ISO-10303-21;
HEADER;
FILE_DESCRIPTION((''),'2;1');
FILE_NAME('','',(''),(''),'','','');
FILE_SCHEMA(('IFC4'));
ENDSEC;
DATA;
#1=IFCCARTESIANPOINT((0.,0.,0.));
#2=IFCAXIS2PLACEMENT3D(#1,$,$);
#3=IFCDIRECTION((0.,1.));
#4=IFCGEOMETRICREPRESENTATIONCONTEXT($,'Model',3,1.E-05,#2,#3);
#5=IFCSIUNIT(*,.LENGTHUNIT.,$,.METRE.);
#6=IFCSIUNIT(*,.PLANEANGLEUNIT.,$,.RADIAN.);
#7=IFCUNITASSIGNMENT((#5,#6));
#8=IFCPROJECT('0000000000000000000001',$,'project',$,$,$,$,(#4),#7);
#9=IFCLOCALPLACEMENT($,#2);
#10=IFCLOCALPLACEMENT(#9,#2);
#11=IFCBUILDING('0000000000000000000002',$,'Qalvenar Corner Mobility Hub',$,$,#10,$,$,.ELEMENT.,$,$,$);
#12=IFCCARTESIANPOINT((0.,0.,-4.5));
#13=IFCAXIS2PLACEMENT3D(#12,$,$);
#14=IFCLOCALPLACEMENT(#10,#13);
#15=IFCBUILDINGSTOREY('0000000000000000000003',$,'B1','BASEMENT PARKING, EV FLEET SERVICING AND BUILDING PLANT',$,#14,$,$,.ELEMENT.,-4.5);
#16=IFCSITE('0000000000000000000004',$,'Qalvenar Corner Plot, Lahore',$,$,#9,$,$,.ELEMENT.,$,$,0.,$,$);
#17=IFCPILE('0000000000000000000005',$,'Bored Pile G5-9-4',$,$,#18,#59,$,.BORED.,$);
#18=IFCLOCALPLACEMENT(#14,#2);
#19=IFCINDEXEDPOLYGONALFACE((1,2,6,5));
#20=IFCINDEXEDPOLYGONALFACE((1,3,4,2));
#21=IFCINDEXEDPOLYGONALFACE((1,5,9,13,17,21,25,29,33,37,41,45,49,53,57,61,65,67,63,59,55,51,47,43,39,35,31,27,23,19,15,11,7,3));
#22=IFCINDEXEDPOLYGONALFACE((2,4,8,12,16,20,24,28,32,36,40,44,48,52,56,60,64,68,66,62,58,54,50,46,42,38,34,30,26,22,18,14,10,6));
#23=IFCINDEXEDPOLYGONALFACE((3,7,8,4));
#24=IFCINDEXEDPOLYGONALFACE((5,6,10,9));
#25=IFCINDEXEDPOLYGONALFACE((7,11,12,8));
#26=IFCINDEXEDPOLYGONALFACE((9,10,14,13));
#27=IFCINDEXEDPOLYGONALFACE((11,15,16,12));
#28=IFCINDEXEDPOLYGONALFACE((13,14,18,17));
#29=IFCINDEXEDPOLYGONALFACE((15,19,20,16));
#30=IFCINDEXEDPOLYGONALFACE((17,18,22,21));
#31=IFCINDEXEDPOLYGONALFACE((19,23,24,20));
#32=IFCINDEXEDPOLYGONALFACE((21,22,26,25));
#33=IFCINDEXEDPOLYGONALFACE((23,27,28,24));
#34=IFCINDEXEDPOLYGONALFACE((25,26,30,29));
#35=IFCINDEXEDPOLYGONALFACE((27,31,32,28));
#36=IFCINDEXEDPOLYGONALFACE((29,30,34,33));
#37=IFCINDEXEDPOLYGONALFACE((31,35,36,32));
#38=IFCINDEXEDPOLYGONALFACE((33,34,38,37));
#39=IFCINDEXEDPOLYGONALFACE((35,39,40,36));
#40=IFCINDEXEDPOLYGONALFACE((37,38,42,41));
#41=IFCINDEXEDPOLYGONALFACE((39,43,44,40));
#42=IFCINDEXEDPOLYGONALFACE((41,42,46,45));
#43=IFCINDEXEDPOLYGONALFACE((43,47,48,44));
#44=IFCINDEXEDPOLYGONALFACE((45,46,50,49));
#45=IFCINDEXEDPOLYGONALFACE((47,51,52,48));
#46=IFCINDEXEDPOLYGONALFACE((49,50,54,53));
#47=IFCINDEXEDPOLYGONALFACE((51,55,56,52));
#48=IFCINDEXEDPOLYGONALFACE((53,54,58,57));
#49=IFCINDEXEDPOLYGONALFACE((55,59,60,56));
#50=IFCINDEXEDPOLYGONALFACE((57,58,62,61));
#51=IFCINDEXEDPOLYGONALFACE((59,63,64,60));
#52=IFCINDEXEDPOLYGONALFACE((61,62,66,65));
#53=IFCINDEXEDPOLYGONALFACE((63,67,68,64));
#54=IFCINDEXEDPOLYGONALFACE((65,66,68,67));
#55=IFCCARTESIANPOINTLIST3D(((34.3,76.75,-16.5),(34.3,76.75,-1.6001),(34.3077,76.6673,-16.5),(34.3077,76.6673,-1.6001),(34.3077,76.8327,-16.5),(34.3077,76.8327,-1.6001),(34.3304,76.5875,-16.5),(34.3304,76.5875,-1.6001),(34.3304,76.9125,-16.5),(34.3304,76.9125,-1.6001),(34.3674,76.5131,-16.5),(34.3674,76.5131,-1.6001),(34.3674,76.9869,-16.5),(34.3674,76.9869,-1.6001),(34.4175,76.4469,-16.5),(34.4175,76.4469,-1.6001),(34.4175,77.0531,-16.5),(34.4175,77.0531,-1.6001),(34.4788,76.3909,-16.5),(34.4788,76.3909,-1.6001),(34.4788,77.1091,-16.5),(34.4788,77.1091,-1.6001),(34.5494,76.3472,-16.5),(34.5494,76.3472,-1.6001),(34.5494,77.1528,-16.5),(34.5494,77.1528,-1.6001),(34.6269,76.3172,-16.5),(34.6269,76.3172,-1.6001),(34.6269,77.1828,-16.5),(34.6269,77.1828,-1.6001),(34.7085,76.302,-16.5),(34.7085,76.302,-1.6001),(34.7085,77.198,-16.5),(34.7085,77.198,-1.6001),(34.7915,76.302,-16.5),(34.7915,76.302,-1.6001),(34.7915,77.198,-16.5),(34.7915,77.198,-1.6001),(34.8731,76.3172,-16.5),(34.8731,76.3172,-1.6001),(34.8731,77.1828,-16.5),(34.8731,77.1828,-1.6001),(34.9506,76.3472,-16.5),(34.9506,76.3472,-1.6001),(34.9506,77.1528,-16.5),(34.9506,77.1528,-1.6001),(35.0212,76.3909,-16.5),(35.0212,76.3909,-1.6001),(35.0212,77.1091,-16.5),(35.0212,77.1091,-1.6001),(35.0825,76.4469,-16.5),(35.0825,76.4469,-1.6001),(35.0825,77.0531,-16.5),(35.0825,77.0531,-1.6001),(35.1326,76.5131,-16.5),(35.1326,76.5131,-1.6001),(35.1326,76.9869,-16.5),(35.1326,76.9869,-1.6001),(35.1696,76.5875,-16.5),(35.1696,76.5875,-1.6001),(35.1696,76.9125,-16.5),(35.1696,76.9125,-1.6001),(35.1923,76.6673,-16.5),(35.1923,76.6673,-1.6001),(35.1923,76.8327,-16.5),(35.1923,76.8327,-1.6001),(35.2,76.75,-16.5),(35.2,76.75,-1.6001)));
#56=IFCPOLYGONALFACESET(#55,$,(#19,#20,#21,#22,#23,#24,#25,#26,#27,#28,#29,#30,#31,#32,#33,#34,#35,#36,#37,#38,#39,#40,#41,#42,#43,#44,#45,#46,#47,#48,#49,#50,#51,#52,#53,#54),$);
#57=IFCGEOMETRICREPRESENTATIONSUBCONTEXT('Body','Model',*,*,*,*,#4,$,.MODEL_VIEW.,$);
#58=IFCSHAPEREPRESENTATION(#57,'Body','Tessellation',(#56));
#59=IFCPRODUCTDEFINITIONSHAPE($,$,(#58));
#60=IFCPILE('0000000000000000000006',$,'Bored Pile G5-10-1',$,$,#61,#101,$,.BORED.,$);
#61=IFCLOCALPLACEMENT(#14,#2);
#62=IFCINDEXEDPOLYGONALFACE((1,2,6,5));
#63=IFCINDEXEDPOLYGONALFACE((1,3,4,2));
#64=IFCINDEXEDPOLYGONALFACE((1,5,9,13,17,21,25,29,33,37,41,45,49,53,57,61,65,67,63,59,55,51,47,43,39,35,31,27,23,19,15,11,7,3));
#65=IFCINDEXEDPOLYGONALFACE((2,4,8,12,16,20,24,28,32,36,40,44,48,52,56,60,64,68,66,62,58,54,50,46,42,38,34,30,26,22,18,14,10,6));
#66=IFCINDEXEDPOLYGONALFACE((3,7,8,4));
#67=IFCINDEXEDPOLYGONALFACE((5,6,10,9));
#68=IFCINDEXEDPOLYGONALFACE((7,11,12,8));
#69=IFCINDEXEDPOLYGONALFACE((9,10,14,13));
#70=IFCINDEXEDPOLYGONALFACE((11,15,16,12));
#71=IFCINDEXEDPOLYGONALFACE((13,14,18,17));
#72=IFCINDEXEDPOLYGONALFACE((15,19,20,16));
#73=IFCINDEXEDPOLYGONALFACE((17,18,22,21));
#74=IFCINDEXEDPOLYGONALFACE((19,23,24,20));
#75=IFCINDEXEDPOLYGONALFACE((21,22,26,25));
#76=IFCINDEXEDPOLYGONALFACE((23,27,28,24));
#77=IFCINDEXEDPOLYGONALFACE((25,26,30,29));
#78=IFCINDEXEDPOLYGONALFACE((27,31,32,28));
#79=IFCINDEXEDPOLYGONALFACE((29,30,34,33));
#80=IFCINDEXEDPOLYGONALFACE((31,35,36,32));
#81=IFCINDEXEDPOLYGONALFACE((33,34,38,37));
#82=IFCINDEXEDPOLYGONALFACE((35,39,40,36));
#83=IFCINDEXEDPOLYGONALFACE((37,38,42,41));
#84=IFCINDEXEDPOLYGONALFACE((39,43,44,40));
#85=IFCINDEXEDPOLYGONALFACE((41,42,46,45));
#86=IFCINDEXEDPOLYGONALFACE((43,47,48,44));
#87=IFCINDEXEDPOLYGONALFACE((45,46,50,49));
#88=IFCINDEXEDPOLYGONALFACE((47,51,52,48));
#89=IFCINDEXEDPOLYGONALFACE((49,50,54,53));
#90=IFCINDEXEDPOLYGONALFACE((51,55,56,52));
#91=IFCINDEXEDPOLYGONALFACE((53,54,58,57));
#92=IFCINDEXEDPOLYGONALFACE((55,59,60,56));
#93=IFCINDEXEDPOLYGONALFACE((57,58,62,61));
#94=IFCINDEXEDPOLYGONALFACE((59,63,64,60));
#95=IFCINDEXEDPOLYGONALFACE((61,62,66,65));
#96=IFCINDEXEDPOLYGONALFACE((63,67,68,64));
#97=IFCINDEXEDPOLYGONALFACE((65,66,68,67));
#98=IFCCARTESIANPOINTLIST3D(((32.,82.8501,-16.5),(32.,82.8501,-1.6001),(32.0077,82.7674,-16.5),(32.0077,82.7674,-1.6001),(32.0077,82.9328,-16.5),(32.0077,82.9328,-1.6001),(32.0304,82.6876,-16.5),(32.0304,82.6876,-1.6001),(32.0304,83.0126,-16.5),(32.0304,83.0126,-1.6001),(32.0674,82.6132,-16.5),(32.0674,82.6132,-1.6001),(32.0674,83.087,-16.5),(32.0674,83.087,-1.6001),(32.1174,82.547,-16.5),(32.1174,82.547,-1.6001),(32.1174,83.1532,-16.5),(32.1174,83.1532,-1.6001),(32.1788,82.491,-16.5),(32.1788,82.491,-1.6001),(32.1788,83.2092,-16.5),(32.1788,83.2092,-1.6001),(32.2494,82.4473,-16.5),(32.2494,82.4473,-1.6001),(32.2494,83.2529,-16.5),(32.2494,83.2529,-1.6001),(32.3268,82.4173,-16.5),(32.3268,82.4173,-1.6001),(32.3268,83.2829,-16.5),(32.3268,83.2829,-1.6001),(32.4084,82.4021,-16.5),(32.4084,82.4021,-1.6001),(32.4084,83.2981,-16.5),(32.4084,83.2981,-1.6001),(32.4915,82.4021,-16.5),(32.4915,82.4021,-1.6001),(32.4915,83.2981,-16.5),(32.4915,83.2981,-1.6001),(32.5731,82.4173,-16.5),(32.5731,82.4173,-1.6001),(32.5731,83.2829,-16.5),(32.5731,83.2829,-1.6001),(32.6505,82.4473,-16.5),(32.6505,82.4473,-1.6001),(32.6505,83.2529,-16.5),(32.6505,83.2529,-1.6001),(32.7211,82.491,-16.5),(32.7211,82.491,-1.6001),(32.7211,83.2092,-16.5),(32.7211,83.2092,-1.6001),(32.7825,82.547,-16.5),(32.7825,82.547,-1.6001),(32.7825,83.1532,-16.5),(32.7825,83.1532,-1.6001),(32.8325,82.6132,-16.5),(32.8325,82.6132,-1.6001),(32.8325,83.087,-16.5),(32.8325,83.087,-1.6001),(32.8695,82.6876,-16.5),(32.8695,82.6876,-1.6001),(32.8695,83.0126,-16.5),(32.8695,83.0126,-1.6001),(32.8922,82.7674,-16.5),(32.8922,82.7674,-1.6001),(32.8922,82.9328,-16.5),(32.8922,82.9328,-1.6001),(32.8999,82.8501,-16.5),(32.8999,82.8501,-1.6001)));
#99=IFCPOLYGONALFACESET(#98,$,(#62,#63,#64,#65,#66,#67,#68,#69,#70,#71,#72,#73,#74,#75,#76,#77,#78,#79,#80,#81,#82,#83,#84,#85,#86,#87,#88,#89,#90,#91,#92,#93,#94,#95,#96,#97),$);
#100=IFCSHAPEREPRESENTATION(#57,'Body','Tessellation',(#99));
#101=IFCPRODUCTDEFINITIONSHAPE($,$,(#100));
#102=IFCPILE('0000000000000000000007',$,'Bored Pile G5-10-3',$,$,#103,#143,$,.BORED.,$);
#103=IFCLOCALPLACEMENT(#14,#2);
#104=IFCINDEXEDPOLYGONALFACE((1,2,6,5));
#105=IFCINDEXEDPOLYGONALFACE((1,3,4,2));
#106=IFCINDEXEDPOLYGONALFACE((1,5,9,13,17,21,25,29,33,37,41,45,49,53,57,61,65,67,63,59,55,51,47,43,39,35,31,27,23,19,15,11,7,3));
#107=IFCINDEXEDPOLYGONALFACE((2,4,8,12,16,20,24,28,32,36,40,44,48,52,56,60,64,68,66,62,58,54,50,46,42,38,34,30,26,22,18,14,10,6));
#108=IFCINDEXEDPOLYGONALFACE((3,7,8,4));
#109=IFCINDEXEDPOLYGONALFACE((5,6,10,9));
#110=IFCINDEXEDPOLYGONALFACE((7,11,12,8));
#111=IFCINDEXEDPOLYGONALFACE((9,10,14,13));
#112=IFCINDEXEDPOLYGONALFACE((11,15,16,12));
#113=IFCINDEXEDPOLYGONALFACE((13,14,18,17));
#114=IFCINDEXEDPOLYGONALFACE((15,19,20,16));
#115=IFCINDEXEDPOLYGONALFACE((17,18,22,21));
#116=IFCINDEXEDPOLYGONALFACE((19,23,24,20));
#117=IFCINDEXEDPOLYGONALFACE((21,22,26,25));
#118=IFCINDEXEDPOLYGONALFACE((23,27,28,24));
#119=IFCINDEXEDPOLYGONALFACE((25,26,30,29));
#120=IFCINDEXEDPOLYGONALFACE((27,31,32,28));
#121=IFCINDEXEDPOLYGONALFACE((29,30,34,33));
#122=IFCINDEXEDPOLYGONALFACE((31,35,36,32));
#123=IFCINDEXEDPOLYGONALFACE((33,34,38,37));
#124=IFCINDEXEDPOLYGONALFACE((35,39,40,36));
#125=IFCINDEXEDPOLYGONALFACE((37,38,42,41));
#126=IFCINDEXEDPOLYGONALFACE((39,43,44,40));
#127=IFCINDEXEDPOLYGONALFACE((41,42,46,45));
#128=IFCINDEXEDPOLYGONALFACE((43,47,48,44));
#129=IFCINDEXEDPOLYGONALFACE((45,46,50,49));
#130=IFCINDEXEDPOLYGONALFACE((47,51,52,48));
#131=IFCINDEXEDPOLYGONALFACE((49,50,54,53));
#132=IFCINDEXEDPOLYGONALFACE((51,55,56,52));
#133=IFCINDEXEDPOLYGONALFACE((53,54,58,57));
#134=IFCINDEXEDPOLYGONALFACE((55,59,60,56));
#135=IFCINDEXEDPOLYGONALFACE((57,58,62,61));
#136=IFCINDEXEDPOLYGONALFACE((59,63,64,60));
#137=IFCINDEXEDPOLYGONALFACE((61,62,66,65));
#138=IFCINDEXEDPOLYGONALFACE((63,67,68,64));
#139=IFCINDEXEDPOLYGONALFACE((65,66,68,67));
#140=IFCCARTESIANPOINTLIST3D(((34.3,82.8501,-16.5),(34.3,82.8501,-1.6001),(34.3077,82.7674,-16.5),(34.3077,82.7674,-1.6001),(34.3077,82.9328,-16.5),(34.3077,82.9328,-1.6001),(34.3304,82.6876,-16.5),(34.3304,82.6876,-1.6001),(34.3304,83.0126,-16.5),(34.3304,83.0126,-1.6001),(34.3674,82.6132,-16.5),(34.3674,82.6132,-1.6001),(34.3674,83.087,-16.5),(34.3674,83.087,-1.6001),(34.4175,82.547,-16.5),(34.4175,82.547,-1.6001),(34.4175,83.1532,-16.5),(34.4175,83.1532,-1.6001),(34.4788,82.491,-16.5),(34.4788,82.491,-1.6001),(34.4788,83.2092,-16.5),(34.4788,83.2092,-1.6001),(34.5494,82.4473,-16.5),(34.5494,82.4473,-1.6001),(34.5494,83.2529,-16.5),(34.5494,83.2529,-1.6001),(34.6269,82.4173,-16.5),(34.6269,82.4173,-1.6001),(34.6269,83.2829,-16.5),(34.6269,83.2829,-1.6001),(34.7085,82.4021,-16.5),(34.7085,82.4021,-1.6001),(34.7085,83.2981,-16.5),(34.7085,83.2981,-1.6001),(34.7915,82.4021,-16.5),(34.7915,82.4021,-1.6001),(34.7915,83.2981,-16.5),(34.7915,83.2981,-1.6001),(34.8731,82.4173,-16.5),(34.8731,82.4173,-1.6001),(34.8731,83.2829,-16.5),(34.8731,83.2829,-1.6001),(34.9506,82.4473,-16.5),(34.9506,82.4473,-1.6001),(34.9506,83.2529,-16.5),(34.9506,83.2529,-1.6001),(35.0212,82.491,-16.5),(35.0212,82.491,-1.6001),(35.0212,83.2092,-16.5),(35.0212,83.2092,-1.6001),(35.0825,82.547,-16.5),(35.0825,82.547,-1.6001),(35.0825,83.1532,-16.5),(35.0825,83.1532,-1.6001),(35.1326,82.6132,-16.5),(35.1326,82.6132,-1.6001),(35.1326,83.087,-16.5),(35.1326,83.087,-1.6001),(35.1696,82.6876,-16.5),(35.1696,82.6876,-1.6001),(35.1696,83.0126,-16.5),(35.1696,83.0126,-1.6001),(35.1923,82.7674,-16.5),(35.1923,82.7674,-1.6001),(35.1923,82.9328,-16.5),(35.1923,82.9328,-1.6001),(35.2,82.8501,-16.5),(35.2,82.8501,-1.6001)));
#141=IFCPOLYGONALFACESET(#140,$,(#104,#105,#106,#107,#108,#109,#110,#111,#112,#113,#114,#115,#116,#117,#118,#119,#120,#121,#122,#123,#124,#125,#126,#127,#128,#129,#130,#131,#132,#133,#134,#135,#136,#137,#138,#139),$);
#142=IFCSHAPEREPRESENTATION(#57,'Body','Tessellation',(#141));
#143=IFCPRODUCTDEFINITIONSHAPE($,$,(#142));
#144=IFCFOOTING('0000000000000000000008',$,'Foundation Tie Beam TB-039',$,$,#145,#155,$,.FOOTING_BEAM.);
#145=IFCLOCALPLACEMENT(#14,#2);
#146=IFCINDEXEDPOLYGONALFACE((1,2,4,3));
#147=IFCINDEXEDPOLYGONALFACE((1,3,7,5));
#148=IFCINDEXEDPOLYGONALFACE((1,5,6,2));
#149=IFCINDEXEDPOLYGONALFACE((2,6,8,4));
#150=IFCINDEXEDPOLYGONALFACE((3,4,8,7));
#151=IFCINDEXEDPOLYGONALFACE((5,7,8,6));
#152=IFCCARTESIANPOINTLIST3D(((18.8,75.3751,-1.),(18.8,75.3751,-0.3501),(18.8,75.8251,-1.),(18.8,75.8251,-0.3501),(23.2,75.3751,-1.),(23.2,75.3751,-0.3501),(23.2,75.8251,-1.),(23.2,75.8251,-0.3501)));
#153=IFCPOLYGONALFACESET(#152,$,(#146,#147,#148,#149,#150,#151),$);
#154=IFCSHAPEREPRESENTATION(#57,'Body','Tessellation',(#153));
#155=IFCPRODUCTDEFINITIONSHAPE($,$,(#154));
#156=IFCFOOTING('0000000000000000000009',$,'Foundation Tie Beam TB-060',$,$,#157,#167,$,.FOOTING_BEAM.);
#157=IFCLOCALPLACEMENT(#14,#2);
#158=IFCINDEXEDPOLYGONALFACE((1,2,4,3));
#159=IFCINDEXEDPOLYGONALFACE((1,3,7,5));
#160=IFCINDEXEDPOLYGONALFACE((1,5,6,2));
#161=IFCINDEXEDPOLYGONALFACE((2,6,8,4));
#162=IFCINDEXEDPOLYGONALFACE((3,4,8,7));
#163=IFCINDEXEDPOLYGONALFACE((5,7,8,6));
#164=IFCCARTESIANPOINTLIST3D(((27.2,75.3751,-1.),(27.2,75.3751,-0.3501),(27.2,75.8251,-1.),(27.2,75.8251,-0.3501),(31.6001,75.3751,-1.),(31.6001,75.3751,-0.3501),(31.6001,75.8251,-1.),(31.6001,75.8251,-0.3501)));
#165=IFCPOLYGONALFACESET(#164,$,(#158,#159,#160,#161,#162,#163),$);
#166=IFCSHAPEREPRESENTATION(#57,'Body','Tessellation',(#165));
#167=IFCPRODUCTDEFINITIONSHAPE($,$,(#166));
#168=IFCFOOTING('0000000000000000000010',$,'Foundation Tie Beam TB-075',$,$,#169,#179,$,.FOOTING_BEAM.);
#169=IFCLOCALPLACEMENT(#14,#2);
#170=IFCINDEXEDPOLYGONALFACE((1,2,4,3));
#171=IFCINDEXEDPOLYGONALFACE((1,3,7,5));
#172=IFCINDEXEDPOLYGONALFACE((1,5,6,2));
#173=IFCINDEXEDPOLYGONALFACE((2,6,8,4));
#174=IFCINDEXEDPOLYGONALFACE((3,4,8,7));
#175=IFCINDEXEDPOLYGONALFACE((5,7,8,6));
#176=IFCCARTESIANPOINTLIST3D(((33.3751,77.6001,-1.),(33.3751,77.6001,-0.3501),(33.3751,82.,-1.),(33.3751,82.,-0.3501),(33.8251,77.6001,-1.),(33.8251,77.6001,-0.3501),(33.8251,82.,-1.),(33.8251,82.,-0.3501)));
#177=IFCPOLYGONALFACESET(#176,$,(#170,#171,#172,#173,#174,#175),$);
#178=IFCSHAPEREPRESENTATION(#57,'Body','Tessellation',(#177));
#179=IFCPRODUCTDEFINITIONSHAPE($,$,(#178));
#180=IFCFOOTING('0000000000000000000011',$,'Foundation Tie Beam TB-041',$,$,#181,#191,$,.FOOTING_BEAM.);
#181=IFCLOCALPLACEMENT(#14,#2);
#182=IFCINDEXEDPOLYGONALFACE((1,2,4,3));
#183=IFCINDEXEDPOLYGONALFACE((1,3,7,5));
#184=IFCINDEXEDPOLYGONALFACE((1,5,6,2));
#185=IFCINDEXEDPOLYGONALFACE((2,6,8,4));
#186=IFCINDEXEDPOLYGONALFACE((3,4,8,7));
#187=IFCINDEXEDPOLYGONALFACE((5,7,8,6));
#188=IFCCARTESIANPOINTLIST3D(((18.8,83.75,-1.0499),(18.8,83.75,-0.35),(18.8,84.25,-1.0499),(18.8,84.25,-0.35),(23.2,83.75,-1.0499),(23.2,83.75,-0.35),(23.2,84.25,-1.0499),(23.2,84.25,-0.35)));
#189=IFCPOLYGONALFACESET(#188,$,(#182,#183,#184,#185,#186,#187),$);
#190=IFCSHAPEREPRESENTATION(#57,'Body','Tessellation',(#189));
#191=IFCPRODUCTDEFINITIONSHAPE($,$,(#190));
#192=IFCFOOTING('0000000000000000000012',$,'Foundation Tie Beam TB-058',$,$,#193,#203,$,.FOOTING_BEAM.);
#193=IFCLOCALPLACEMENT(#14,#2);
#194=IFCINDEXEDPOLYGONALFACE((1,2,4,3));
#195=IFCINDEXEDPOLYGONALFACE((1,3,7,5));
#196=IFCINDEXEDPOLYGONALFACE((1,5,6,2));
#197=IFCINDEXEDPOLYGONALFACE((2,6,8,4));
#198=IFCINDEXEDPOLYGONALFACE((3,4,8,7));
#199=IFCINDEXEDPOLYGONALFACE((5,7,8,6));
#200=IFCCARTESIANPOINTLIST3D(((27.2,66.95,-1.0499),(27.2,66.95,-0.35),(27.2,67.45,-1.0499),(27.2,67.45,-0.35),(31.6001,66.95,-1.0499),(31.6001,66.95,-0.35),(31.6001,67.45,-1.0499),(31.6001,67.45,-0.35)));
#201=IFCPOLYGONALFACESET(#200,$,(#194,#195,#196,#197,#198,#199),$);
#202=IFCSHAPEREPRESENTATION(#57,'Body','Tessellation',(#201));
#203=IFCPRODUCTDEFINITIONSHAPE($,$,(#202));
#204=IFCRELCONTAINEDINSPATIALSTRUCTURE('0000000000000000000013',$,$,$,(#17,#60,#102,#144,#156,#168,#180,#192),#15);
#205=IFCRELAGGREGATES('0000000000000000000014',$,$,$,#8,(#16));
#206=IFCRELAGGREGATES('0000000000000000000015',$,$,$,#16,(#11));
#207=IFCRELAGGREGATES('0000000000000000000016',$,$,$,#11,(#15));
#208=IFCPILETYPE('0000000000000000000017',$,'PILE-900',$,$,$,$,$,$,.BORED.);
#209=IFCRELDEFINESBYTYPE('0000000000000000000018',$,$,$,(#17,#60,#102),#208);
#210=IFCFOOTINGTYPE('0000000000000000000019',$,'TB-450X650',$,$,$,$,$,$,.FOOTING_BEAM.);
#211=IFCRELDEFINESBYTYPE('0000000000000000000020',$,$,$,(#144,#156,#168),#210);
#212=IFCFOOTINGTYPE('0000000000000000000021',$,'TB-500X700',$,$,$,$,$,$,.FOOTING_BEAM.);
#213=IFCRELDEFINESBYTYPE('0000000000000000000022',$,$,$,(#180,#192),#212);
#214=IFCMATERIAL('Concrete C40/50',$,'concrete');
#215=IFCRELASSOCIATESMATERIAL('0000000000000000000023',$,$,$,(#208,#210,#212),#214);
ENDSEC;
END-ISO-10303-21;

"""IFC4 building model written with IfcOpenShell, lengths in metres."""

from ifc_helpers import new_model, si_unit, direction, frame, origin, origin_2d, place, context, subcontext, project, spatial, rectangle, circle, extrude, material, material_profile, profile_set, type_object, element, save


model = new_model("IFC4")

# Units and contexts
model_context = context("Model", 3, precision=1e-05, world=origin(), true_north=direction((0.0, 1.0)))
body_context = subcontext(model_context, "Body", "Model", "MODEL_VIEW")
ifc_project = project(units=[si_unit("LENGTHUNIT", "METRE"), si_unit("PLANEANGLEUNIT", "RADIAN")], contexts=[model_context])

# Site, building, storey
site_placement = place(None, origin())
site = spatial("IfcSite", under=ifc_project, at=site_placement, Name="Qalvenar Corner Plot, Lahore", CompositionType="ELEMENT", RefElevation=0.0)
building_placement = place(site_placement, origin())
building = spatial("IfcBuilding", under=site, at=building_placement, Name="Qalvenar Corner Mobility Hub", CompositionType="ELEMENT")
storey_placement = place(building_placement, frame((0.0, 0.0, -4.5)))
storey = spatial("IfcBuildingStorey", under=building, at=storey_placement, Name="B1", Description="BASEMENT PARKING, EV FLEET SERVICING AND BUILDING PLANT", CompositionType="ELEMENT", Elevation=-4.5)

# Shared definitions
ifc_material_1 = material(Name="Concrete C40/50", Category="concrete")

# Piles
ifc_material_profile_1 = material_profile(ifc_material_1, circle(Radius=0.45, at=origin_2d()), Name="DIA900")
ifc_profile_set_1 = profile_set([ifc_material_profile_1], Name="Concrete C40/50")
pile_type = type_object("IfcPileType", Name="PILE-900", PredefinedType="BORED", material=ifc_profile_set_1)
for number, where, z_axis, x_axis, name in (
    (1, (34.75, 76.75, -1.6001), (0.0, 0.0, -1.0), (1.0, 0.0, 0.0), "Bored Pile G5-9-4"),
    (2, (32.45, 82.8501, -1.6001), (0.0, 0.0, -1.0), (1.0, 0.0, 0.0), "Bored Pile G5-10-1"),
    (3, (34.75, 82.8501, -1.6001), (0.0, 0.0, -1.0), (1.0, 0.0, 0.0), "Bored Pile G5-10-3"),
):
    element("IfcPile", number, at=place(storey_placement, frame(where, z_axis=z_axis, x_axis=x_axis)), inside=storey, type_object=pile_type, Name=name, PredefinedType="BORED", context=body_context, shape_type="SweptSolid", body=[
        extrude(circle(Radius=0.45, at=origin_2d()), origin(), (0.0, 0.0, 1.0), 14.8999),
    ])

# Footings
ifc_material_profile_2 = material_profile(ifc_material_1, rectangle(XDim=0.45, YDim=0.6499, at=origin_2d()), Name="RC450x650")
ifc_profile_set_2 = profile_set([ifc_material_profile_2], Name="Concrete C40/50")
footing_type_1 = type_object("IfcFootingType", Name="TB-450X650", PredefinedType="FOOTING_BEAM", material=ifc_profile_set_2)
footing_1_placement = place(storey_placement, frame((18.8, 75.6001, -0.675), z_axis=(1.0, 0.0, 0.0), x_axis=(0.0, 1.0, 0.0)))
element("IfcFooting", 4, at=footing_1_placement, inside=storey, type_object=footing_type_1, Name="Foundation Tie Beam TB-039", PredefinedType="FOOTING_BEAM", context=body_context, shape_type="SweptSolid", body=[
    extrude(rectangle(XDim=0.45, YDim=0.6499, at=origin_2d()), origin(), (0.0, 0.0, 1.0), 4.3999),
])
footing_2_placement = place(storey_placement, frame((27.2, 75.6001, -0.675), z_axis=(1.0, 0.0, 0.0), x_axis=(0.0, 1.0, 0.0)))
element("IfcFooting", 5, at=footing_2_placement, inside=storey, type_object=footing_type_1, Name="Foundation Tie Beam TB-060", PredefinedType="FOOTING_BEAM", context=body_context, shape_type="SweptSolid", body=[
    extrude(rectangle(XDim=0.45, YDim=0.6499, at=origin_2d()), origin(), (0.0, 0.0, 1.0), 4.4001),
])
footing_3_placement = place(storey_placement, frame((33.6001, 77.6001, -0.675), z_axis=(0.0, 1.0, 0.0), x_axis=(-1.0, 0.0, 0.0)))
element("IfcFooting", 6, at=footing_3_placement, inside=storey, type_object=footing_type_1, Name="Foundation Tie Beam TB-075", PredefinedType="FOOTING_BEAM", context=body_context, shape_type="SweptSolid", body=[
    extrude(rectangle(XDim=0.45, YDim=0.6499, at=origin_2d()), origin(), (0.0, 0.0, 1.0), 4.3999),
])
ifc_material_profile_3 = material_profile(ifc_material_1, rectangle(XDim=0.5, YDim=0.7, at=origin_2d()), Name="RC500x700")
ifc_profile_set_3 = profile_set([ifc_material_profile_3], Name="Concrete C40/50")
footing_type_2 = type_object("IfcFootingType", Name="TB-500X700", PredefinedType="FOOTING_BEAM", material=ifc_profile_set_3)
footing_4_placement = place(storey_placement, frame((18.8, 84.0, -0.7), z_axis=(1.0, 0.0, 0.0), x_axis=(0.0, 1.0, 0.0)))
element("IfcFooting", 7, at=footing_4_placement, inside=storey, type_object=footing_type_2, Name="Foundation Tie Beam TB-041", PredefinedType="FOOTING_BEAM", context=body_context, shape_type="SweptSolid", body=[
    extrude(rectangle(XDim=0.5, YDim=0.7, at=origin_2d()), origin(), (0.0, 0.0, 1.0), 4.3999),
])
footing_5_placement = place(storey_placement, frame((27.2, 67.2, -0.7), z_axis=(1.0, 0.0, 0.0), x_axis=(0.0, 1.0, 0.0)))
element("IfcFooting", 8, at=footing_5_placement, inside=storey, type_object=footing_type_2, Name="Foundation Tie Beam TB-058", PredefinedType="FOOTING_BEAM", context=body_context, shape_type="SweptSolid", body=[
    extrude(rectangle(XDim=0.5, YDim=0.7, at=origin_2d()), origin(), (0.0, 0.0, 1.0), 4.4001),
])

save(model, "model.ifc")
